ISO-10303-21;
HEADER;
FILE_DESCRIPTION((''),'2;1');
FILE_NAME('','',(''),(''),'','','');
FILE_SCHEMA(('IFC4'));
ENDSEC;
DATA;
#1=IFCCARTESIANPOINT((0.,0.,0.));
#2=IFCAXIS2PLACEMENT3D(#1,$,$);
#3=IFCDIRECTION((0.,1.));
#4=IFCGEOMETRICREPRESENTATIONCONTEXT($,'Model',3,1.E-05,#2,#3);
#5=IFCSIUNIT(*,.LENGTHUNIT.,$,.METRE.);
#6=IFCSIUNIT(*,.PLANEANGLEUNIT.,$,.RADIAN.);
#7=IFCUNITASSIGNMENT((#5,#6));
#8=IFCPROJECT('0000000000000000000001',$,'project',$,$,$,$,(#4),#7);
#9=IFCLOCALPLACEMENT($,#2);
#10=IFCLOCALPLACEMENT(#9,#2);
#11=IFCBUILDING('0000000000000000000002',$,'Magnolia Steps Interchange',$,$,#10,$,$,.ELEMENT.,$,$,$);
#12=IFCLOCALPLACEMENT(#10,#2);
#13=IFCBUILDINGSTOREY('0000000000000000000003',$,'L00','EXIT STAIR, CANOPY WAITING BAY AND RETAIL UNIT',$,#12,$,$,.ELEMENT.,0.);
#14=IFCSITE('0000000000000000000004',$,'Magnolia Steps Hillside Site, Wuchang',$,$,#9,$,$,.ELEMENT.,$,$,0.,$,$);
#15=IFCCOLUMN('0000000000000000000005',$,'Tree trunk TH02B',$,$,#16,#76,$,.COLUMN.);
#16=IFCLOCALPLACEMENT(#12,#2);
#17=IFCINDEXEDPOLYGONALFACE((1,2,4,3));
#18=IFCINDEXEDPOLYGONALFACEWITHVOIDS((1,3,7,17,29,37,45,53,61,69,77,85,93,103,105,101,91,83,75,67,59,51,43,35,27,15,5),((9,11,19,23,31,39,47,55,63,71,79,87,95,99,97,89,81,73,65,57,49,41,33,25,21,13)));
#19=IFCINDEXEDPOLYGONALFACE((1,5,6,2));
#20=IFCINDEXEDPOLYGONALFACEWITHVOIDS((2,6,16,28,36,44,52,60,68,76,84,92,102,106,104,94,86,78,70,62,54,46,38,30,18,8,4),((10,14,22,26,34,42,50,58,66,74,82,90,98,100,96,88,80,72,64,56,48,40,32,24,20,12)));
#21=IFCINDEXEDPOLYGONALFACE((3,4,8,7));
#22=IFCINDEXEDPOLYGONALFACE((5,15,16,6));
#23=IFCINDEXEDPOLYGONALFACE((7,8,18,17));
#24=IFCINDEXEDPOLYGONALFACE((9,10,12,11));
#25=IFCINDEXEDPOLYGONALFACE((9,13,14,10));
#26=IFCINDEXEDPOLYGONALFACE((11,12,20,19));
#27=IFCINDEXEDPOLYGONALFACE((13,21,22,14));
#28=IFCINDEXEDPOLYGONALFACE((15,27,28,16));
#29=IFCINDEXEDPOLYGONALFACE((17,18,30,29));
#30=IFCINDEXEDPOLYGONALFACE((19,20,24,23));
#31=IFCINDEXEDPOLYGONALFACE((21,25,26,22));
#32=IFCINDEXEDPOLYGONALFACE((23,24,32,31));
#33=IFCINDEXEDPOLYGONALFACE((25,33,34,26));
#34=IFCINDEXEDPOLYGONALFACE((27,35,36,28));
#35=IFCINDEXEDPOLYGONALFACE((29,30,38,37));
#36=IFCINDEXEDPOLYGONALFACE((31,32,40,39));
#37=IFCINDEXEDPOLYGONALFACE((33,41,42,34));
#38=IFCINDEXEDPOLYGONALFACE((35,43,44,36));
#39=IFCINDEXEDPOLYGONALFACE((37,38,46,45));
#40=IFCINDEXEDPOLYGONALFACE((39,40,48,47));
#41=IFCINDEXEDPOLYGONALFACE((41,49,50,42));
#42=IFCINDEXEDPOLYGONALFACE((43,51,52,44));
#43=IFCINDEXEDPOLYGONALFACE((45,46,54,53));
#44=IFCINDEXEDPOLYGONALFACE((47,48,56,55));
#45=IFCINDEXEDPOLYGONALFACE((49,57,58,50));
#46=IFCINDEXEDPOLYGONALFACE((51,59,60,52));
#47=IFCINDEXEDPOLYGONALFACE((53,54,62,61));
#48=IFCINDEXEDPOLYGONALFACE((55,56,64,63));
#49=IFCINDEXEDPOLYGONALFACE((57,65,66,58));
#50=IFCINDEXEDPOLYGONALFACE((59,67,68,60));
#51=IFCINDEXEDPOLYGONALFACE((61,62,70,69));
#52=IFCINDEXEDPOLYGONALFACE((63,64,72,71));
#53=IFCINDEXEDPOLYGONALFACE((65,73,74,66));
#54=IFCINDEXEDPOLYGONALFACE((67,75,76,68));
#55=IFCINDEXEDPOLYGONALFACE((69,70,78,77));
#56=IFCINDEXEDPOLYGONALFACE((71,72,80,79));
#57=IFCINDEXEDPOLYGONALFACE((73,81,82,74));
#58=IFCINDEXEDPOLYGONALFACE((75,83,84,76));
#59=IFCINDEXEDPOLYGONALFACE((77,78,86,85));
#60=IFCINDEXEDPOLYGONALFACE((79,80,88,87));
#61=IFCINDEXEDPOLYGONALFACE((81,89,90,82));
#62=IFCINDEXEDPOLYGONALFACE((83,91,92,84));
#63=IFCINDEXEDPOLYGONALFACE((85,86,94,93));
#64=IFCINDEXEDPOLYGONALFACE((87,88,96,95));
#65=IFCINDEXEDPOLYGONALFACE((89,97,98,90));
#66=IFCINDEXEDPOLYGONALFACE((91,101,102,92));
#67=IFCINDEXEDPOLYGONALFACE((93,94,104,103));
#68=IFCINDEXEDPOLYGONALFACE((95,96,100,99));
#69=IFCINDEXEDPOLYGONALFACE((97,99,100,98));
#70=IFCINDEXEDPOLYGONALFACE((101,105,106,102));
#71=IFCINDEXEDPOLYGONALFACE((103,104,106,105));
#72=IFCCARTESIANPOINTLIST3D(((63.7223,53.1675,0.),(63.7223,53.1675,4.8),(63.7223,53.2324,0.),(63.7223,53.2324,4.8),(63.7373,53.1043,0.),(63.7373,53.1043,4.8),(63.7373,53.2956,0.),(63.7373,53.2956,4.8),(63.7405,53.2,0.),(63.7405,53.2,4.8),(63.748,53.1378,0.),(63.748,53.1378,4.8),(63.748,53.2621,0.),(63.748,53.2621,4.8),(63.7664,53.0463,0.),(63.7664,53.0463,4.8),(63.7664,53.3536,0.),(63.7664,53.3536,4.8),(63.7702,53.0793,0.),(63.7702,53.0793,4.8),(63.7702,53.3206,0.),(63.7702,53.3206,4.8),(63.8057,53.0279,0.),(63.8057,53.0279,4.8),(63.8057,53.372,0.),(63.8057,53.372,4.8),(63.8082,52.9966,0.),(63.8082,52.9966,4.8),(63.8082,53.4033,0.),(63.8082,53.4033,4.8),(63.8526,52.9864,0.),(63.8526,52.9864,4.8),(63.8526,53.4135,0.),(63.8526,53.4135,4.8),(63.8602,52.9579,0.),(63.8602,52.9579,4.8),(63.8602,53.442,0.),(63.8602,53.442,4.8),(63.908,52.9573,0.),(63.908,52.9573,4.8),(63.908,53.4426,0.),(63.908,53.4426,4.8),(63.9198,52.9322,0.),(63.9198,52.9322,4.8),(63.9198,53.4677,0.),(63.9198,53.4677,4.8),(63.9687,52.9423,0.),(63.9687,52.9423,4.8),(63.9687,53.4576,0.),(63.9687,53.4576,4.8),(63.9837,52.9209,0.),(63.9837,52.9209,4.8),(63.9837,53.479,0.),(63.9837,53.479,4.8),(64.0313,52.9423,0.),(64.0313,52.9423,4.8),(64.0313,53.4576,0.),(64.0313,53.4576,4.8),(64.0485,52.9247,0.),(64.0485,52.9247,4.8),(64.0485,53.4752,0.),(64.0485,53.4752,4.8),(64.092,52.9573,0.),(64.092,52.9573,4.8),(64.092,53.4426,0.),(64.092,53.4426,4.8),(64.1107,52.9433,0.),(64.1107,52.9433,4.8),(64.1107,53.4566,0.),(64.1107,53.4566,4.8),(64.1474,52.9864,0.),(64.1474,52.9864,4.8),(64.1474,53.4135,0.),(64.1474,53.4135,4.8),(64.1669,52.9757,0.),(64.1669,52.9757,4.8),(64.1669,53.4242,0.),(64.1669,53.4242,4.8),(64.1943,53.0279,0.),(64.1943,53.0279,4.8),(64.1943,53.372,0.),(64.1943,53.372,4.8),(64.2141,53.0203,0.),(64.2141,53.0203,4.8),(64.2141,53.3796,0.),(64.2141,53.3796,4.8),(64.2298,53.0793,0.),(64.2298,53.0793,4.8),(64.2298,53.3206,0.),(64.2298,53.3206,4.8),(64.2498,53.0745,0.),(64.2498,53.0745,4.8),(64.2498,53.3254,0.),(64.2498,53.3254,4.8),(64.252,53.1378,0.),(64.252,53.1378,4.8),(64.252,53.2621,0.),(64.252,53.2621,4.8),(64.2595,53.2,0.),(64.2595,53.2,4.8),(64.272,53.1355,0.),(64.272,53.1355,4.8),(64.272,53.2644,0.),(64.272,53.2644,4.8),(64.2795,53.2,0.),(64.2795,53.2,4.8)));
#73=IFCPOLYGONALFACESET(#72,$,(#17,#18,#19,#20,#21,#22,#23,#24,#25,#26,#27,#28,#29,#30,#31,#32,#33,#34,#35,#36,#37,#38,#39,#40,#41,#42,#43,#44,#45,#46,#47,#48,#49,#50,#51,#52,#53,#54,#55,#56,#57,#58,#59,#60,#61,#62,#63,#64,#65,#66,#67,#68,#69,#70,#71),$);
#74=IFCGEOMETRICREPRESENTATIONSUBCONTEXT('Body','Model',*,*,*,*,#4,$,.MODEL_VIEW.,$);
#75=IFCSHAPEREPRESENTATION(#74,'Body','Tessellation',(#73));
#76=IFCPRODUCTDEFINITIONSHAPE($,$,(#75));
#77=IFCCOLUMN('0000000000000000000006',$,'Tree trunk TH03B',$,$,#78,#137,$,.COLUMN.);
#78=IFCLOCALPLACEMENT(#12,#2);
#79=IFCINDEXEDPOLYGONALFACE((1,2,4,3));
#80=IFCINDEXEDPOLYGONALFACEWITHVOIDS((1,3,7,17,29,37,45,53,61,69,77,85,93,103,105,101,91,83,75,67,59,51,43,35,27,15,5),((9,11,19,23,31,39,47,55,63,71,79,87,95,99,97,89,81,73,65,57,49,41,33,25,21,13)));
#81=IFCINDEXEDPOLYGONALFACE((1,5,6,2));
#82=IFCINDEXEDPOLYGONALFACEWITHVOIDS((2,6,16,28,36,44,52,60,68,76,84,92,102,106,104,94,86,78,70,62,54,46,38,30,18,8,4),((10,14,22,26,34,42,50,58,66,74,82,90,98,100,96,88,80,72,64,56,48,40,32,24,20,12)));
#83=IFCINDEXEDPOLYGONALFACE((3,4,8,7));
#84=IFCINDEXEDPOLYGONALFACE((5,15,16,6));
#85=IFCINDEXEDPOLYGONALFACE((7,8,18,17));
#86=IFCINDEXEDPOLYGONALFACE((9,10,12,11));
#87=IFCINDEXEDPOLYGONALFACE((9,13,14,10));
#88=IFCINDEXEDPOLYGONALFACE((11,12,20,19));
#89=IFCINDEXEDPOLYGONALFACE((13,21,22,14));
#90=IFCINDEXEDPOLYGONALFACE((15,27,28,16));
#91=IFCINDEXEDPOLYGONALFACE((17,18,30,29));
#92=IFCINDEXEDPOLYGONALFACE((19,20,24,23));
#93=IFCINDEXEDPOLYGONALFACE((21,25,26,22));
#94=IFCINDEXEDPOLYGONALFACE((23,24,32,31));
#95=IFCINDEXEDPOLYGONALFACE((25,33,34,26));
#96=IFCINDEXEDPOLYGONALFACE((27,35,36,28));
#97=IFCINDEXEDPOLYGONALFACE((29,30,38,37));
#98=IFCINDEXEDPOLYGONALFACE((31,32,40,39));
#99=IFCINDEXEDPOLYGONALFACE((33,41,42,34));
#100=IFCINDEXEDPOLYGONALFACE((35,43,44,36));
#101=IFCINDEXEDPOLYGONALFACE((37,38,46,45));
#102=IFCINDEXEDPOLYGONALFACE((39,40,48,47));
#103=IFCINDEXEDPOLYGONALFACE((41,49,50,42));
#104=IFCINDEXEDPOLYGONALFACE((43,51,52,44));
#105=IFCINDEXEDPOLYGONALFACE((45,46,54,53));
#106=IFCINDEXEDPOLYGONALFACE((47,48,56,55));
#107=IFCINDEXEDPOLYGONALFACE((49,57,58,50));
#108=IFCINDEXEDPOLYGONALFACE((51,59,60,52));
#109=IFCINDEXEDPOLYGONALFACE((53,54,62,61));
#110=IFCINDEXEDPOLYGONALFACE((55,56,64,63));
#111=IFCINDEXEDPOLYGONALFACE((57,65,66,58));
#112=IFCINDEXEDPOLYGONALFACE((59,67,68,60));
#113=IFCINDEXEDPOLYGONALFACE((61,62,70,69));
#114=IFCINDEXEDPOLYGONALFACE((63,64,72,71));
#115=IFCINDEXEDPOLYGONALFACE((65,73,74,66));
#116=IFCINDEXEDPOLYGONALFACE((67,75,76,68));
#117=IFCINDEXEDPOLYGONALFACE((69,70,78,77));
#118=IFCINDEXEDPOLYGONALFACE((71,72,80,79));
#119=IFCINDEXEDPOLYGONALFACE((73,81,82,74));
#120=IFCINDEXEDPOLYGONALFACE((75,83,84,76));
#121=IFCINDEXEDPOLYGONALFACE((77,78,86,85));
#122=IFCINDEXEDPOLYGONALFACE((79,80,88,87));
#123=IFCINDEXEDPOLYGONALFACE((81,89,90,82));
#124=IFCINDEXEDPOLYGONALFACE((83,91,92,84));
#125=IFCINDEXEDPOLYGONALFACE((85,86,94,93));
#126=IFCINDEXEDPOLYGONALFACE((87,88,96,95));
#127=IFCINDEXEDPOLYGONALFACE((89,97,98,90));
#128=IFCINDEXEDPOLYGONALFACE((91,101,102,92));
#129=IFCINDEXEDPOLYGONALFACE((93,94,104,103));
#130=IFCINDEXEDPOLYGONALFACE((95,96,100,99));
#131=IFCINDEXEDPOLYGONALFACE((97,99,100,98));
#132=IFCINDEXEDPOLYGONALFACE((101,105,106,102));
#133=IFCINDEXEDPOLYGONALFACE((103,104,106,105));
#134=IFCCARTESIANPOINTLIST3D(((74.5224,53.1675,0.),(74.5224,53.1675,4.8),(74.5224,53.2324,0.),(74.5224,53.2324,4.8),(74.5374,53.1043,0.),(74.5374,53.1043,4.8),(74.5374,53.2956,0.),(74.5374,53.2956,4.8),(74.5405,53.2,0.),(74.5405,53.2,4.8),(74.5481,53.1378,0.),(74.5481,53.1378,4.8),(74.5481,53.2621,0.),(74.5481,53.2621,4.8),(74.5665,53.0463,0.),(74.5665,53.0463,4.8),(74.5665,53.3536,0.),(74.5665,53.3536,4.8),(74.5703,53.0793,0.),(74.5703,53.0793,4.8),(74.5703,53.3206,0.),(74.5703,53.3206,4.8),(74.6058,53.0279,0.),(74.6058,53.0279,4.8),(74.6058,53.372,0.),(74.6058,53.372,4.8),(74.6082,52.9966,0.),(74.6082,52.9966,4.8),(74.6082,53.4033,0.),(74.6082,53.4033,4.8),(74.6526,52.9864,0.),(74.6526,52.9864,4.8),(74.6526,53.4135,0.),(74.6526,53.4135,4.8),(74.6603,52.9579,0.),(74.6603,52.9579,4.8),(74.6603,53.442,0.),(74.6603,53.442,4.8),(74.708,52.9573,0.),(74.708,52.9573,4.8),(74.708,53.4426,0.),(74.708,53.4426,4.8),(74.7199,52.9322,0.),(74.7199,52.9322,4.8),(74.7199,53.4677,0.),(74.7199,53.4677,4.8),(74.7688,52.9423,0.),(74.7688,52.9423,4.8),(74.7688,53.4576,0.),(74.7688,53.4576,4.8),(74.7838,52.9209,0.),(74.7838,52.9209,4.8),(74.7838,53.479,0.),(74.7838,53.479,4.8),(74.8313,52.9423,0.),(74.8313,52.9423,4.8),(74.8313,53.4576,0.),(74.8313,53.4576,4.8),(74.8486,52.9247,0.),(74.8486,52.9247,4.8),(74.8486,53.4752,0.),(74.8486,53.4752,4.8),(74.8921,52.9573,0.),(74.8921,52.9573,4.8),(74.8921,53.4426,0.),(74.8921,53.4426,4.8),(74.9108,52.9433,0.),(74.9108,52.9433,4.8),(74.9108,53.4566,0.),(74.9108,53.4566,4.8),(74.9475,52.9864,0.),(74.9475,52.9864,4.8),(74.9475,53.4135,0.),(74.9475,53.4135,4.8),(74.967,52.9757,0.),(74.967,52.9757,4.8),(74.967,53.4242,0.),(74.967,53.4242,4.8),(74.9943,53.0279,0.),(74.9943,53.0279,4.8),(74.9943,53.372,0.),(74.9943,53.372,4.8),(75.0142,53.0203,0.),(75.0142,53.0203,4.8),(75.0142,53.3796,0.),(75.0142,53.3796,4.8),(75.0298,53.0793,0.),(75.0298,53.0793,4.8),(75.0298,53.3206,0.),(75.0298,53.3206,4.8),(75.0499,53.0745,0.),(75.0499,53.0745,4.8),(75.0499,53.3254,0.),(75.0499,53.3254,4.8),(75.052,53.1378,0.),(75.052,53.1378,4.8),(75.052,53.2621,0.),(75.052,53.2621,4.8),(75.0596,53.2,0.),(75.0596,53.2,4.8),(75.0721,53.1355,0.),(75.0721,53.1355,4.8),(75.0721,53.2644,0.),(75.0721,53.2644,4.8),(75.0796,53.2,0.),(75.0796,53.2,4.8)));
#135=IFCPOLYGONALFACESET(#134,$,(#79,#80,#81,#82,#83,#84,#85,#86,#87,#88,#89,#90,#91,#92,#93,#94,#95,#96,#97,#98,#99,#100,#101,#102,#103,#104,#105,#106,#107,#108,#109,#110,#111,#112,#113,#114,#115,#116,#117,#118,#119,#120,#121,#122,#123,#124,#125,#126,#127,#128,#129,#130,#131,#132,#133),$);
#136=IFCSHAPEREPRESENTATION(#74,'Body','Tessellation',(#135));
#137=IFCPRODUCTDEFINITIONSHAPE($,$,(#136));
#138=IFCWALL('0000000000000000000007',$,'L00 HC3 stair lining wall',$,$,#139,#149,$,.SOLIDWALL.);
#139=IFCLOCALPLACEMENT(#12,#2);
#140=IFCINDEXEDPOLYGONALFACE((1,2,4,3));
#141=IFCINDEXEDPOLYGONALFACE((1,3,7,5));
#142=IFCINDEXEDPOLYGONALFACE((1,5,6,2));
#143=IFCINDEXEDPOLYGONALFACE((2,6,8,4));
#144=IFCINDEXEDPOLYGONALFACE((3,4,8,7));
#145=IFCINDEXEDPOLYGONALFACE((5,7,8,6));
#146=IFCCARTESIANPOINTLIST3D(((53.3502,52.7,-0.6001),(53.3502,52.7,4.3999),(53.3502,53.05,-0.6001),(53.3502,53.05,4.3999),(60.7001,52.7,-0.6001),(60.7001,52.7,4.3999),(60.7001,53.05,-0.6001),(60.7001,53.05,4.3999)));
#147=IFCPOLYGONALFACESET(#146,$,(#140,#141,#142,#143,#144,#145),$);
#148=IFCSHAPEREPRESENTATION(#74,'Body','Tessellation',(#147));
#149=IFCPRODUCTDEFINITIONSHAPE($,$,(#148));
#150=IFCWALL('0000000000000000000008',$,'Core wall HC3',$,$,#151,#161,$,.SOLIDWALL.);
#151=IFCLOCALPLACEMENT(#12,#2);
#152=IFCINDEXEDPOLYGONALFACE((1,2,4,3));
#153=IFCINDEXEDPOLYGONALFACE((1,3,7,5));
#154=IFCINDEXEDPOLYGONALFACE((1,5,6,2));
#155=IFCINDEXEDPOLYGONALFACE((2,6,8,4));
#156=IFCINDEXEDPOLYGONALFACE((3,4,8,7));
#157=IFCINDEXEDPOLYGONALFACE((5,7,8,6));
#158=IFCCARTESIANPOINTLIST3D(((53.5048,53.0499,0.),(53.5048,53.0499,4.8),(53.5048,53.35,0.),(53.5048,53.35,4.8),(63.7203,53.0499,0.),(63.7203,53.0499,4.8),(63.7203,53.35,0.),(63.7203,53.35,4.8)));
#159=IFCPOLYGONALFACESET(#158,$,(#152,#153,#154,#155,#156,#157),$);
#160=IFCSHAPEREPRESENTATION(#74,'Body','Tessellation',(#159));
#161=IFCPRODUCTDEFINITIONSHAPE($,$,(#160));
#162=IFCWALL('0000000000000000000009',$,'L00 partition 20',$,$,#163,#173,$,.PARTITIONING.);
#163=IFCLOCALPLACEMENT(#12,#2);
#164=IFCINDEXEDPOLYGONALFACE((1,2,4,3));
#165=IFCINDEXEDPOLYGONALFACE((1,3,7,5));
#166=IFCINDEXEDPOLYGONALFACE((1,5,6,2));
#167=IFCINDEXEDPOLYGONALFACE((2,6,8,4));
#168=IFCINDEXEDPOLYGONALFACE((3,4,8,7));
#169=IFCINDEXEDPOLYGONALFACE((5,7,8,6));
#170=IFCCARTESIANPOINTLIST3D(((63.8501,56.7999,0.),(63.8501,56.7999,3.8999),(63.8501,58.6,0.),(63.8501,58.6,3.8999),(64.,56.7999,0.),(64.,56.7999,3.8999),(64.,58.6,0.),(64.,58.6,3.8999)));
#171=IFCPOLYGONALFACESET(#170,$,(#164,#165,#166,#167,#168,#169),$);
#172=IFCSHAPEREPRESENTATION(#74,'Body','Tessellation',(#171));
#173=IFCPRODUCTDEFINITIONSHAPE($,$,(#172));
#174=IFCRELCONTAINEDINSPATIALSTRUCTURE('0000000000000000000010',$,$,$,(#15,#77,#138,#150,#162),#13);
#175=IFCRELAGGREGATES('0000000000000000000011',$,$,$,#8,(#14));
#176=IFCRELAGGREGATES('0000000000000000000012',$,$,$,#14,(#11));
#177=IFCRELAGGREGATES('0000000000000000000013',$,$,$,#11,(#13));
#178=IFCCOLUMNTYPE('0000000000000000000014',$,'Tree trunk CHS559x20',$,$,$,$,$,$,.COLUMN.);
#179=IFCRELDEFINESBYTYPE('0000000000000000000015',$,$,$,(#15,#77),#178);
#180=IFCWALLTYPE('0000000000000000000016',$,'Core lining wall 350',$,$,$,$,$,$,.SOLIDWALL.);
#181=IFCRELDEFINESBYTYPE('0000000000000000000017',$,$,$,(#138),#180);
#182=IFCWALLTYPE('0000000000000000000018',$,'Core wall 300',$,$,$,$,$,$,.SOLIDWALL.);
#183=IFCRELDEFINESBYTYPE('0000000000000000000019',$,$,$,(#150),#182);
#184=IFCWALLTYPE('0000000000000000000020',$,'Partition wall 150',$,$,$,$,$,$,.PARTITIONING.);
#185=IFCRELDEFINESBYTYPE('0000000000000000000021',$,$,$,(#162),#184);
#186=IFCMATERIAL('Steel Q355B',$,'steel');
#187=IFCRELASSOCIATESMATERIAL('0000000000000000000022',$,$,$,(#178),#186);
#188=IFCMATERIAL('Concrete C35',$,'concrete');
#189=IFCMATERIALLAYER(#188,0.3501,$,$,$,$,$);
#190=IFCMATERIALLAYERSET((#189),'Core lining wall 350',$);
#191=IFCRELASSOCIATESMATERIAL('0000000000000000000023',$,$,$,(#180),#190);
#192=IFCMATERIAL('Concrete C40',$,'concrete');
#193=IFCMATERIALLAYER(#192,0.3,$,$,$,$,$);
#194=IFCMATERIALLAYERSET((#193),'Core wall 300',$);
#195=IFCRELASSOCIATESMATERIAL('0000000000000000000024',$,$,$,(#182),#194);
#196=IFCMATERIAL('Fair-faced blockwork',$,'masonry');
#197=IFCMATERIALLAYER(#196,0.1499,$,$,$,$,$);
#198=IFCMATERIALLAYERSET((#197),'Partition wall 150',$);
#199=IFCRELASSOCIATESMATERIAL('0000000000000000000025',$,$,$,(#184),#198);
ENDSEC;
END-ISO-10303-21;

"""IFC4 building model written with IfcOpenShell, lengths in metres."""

from ifc_helpers import new_model, si_unit, direction, frame, frame_2d, origin, origin_2d, place, context, subcontext, project, spatial, rectangle, hollow_circle, extrude, material, layer, layer_set, material_profile, profile_set, type_object, element, save


model = new_model("IFC4")

# Units and contexts
model_context = context("Model", 3, precision=1e-05, world=origin(), true_north=direction((0.0, 1.0)))
body_context = subcontext(model_context, "Body", "Model", "MODEL_VIEW")
ifc_project = project(units=[si_unit("LENGTHUNIT", "METRE"), si_unit("PLANEANGLEUNIT", "RADIAN")], contexts=[model_context])

# Site, building, storey
site_placement = place(None, origin())
site = spatial("IfcSite", under=ifc_project, at=site_placement, Name="Magnolia Steps Hillside Site, Wuchang", CompositionType="ELEMENT", RefElevation=0.0)
building_placement = place(site_placement, origin())
building = spatial("IfcBuilding", under=site, at=building_placement, Name="Magnolia Steps Interchange", CompositionType="ELEMENT")
storey_placement = place(building_placement, origin())
storey = spatial("IfcBuildingStorey", under=building, at=storey_placement, Name="L00", Description="EXIT STAIR, CANOPY WAITING BAY AND RETAIL UNIT", CompositionType="ELEMENT", Elevation=0.0)

# Columns
ifc_material_1 = material(Name="Steel Q355B", Category="steel")
ifc_material_profile = material_profile(ifc_material_1, hollow_circle(Radius=0.2795, WallThickness=0.02, at=origin_2d()), Name="CHS559x20")
ifc_profile_set = profile_set([ifc_material_profile], Name="Steel Q355B")
column_type = type_object("IfcColumnType", Name="Tree trunk CHS559x20", PredefinedType="COLUMN", material=ifc_profile_set)
for number, where, z_axis, x_axis, name in (
    (1, (64.0, 53.2, 0.0), (0.0, 0.0, 1.0), (1.0, 0.0, 0.0), "Tree trunk TH02B"),
    (2, (74.8, 53.2, 0.0), (0.0, 0.0, 1.0), (1.0, 0.0, 0.0), "Tree trunk TH03B"),
):
    element("IfcColumn", number, at=place(storey_placement, frame(where, z_axis=z_axis, x_axis=x_axis)), inside=storey, type_object=column_type, Name=name, PredefinedType="COLUMN", context=body_context, shape_type="SweptSolid", body=[
        extrude(hollow_circle(Radius=0.2795, WallThickness=0.02, at=origin_2d()), origin(), (0.0, 0.0, 1.0), 4.8),
    ])

# Walls
ifc_material_2 = material(Name="Concrete C35", Category="concrete")
ifc_layer_1 = layer(ifc_material_2, 0.3501)
ifc_layer_set_1 = layer_set([ifc_layer_1], Name="Core lining wall 350")
wall_type_1 = type_object("IfcWallType", Name="Core lining wall 350", PredefinedType="SOLIDWALL", material=ifc_layer_set_1)
wall_1_placement = place(storey_placement, frame((60.7, 52.875, -0.6001), z_axis=(0.0, 0.0, 1.0), x_axis=(-1.0, 0.0, 0.0)))
element("IfcWall", 3, at=wall_1_placement, inside=storey, type_object=wall_type_1, Name="L00 HC3 stair lining wall", PredefinedType="SOLIDWALL", context=body_context, shape_type="SweptSolid", body=[
    extrude(rectangle(XDim=7.3499, YDim=0.3501, at=frame_2d((3.6748, 0.0))), origin(), (0.0, 0.0, 1.0), 5.0),
])
ifc_material_3 = material(Name="Concrete C40", Category="concrete")
ifc_layer_2 = layer(ifc_material_3, 0.3)
ifc_layer_set_2 = layer_set([ifc_layer_2], Name="Core wall 300")
wall_type_2 = type_object("IfcWallType", Name="Core wall 300", PredefinedType="SOLIDWALL", material=ifc_layer_set_2)
wall_2_placement = place(storey_placement, frame((63.7205, 53.2, 0.0), z_axis=(0.0, 0.0, 1.0), x_axis=(-1.0, 0.0, 0.0)))
element("IfcWall", 4, at=wall_2_placement, inside=storey, type_object=wall_type_2, Name="Core wall HC3", PredefinedType="SOLIDWALL", context=body_context, shape_type="SweptSolid", body=[
    extrude(rectangle(XDim=10.2156, YDim=0.3, at=frame_2d((5.1079, 0.0))), origin(), (0.0, 0.0, 1.0), 4.8),
])
ifc_material_4 = material(Name="Fair-faced blockwork", Category="masonry")
ifc_layer_3 = layer(ifc_material_4, 0.1499)
ifc_layer_set_3 = layer_set([ifc_layer_3], Name="Partition wall 150")
wall_type_3 = type_object("IfcWallType", Name="Partition wall 150", PredefinedType="PARTITIONING", material=ifc_layer_set_3)
wall_3_placement = place(storey_placement, frame((63.925, 56.8, 0.0), z_axis=(0.0, 0.0, 1.0), x_axis=(0.0, 1.0, 0.0)))
element("IfcWall", 5, at=wall_3_placement, inside=storey, type_object=wall_type_3, Name="L00 partition 20", PredefinedType="PARTITIONING", context=body_context, shape_type="SweptSolid", body=[
    extrude(rectangle(XDim=1.8, YDim=0.1499, at=frame_2d((0.8999, 0.0))), origin(), (0.0, 0.0, 1.0), 3.8999),
])

save(model, "model.ifc")
